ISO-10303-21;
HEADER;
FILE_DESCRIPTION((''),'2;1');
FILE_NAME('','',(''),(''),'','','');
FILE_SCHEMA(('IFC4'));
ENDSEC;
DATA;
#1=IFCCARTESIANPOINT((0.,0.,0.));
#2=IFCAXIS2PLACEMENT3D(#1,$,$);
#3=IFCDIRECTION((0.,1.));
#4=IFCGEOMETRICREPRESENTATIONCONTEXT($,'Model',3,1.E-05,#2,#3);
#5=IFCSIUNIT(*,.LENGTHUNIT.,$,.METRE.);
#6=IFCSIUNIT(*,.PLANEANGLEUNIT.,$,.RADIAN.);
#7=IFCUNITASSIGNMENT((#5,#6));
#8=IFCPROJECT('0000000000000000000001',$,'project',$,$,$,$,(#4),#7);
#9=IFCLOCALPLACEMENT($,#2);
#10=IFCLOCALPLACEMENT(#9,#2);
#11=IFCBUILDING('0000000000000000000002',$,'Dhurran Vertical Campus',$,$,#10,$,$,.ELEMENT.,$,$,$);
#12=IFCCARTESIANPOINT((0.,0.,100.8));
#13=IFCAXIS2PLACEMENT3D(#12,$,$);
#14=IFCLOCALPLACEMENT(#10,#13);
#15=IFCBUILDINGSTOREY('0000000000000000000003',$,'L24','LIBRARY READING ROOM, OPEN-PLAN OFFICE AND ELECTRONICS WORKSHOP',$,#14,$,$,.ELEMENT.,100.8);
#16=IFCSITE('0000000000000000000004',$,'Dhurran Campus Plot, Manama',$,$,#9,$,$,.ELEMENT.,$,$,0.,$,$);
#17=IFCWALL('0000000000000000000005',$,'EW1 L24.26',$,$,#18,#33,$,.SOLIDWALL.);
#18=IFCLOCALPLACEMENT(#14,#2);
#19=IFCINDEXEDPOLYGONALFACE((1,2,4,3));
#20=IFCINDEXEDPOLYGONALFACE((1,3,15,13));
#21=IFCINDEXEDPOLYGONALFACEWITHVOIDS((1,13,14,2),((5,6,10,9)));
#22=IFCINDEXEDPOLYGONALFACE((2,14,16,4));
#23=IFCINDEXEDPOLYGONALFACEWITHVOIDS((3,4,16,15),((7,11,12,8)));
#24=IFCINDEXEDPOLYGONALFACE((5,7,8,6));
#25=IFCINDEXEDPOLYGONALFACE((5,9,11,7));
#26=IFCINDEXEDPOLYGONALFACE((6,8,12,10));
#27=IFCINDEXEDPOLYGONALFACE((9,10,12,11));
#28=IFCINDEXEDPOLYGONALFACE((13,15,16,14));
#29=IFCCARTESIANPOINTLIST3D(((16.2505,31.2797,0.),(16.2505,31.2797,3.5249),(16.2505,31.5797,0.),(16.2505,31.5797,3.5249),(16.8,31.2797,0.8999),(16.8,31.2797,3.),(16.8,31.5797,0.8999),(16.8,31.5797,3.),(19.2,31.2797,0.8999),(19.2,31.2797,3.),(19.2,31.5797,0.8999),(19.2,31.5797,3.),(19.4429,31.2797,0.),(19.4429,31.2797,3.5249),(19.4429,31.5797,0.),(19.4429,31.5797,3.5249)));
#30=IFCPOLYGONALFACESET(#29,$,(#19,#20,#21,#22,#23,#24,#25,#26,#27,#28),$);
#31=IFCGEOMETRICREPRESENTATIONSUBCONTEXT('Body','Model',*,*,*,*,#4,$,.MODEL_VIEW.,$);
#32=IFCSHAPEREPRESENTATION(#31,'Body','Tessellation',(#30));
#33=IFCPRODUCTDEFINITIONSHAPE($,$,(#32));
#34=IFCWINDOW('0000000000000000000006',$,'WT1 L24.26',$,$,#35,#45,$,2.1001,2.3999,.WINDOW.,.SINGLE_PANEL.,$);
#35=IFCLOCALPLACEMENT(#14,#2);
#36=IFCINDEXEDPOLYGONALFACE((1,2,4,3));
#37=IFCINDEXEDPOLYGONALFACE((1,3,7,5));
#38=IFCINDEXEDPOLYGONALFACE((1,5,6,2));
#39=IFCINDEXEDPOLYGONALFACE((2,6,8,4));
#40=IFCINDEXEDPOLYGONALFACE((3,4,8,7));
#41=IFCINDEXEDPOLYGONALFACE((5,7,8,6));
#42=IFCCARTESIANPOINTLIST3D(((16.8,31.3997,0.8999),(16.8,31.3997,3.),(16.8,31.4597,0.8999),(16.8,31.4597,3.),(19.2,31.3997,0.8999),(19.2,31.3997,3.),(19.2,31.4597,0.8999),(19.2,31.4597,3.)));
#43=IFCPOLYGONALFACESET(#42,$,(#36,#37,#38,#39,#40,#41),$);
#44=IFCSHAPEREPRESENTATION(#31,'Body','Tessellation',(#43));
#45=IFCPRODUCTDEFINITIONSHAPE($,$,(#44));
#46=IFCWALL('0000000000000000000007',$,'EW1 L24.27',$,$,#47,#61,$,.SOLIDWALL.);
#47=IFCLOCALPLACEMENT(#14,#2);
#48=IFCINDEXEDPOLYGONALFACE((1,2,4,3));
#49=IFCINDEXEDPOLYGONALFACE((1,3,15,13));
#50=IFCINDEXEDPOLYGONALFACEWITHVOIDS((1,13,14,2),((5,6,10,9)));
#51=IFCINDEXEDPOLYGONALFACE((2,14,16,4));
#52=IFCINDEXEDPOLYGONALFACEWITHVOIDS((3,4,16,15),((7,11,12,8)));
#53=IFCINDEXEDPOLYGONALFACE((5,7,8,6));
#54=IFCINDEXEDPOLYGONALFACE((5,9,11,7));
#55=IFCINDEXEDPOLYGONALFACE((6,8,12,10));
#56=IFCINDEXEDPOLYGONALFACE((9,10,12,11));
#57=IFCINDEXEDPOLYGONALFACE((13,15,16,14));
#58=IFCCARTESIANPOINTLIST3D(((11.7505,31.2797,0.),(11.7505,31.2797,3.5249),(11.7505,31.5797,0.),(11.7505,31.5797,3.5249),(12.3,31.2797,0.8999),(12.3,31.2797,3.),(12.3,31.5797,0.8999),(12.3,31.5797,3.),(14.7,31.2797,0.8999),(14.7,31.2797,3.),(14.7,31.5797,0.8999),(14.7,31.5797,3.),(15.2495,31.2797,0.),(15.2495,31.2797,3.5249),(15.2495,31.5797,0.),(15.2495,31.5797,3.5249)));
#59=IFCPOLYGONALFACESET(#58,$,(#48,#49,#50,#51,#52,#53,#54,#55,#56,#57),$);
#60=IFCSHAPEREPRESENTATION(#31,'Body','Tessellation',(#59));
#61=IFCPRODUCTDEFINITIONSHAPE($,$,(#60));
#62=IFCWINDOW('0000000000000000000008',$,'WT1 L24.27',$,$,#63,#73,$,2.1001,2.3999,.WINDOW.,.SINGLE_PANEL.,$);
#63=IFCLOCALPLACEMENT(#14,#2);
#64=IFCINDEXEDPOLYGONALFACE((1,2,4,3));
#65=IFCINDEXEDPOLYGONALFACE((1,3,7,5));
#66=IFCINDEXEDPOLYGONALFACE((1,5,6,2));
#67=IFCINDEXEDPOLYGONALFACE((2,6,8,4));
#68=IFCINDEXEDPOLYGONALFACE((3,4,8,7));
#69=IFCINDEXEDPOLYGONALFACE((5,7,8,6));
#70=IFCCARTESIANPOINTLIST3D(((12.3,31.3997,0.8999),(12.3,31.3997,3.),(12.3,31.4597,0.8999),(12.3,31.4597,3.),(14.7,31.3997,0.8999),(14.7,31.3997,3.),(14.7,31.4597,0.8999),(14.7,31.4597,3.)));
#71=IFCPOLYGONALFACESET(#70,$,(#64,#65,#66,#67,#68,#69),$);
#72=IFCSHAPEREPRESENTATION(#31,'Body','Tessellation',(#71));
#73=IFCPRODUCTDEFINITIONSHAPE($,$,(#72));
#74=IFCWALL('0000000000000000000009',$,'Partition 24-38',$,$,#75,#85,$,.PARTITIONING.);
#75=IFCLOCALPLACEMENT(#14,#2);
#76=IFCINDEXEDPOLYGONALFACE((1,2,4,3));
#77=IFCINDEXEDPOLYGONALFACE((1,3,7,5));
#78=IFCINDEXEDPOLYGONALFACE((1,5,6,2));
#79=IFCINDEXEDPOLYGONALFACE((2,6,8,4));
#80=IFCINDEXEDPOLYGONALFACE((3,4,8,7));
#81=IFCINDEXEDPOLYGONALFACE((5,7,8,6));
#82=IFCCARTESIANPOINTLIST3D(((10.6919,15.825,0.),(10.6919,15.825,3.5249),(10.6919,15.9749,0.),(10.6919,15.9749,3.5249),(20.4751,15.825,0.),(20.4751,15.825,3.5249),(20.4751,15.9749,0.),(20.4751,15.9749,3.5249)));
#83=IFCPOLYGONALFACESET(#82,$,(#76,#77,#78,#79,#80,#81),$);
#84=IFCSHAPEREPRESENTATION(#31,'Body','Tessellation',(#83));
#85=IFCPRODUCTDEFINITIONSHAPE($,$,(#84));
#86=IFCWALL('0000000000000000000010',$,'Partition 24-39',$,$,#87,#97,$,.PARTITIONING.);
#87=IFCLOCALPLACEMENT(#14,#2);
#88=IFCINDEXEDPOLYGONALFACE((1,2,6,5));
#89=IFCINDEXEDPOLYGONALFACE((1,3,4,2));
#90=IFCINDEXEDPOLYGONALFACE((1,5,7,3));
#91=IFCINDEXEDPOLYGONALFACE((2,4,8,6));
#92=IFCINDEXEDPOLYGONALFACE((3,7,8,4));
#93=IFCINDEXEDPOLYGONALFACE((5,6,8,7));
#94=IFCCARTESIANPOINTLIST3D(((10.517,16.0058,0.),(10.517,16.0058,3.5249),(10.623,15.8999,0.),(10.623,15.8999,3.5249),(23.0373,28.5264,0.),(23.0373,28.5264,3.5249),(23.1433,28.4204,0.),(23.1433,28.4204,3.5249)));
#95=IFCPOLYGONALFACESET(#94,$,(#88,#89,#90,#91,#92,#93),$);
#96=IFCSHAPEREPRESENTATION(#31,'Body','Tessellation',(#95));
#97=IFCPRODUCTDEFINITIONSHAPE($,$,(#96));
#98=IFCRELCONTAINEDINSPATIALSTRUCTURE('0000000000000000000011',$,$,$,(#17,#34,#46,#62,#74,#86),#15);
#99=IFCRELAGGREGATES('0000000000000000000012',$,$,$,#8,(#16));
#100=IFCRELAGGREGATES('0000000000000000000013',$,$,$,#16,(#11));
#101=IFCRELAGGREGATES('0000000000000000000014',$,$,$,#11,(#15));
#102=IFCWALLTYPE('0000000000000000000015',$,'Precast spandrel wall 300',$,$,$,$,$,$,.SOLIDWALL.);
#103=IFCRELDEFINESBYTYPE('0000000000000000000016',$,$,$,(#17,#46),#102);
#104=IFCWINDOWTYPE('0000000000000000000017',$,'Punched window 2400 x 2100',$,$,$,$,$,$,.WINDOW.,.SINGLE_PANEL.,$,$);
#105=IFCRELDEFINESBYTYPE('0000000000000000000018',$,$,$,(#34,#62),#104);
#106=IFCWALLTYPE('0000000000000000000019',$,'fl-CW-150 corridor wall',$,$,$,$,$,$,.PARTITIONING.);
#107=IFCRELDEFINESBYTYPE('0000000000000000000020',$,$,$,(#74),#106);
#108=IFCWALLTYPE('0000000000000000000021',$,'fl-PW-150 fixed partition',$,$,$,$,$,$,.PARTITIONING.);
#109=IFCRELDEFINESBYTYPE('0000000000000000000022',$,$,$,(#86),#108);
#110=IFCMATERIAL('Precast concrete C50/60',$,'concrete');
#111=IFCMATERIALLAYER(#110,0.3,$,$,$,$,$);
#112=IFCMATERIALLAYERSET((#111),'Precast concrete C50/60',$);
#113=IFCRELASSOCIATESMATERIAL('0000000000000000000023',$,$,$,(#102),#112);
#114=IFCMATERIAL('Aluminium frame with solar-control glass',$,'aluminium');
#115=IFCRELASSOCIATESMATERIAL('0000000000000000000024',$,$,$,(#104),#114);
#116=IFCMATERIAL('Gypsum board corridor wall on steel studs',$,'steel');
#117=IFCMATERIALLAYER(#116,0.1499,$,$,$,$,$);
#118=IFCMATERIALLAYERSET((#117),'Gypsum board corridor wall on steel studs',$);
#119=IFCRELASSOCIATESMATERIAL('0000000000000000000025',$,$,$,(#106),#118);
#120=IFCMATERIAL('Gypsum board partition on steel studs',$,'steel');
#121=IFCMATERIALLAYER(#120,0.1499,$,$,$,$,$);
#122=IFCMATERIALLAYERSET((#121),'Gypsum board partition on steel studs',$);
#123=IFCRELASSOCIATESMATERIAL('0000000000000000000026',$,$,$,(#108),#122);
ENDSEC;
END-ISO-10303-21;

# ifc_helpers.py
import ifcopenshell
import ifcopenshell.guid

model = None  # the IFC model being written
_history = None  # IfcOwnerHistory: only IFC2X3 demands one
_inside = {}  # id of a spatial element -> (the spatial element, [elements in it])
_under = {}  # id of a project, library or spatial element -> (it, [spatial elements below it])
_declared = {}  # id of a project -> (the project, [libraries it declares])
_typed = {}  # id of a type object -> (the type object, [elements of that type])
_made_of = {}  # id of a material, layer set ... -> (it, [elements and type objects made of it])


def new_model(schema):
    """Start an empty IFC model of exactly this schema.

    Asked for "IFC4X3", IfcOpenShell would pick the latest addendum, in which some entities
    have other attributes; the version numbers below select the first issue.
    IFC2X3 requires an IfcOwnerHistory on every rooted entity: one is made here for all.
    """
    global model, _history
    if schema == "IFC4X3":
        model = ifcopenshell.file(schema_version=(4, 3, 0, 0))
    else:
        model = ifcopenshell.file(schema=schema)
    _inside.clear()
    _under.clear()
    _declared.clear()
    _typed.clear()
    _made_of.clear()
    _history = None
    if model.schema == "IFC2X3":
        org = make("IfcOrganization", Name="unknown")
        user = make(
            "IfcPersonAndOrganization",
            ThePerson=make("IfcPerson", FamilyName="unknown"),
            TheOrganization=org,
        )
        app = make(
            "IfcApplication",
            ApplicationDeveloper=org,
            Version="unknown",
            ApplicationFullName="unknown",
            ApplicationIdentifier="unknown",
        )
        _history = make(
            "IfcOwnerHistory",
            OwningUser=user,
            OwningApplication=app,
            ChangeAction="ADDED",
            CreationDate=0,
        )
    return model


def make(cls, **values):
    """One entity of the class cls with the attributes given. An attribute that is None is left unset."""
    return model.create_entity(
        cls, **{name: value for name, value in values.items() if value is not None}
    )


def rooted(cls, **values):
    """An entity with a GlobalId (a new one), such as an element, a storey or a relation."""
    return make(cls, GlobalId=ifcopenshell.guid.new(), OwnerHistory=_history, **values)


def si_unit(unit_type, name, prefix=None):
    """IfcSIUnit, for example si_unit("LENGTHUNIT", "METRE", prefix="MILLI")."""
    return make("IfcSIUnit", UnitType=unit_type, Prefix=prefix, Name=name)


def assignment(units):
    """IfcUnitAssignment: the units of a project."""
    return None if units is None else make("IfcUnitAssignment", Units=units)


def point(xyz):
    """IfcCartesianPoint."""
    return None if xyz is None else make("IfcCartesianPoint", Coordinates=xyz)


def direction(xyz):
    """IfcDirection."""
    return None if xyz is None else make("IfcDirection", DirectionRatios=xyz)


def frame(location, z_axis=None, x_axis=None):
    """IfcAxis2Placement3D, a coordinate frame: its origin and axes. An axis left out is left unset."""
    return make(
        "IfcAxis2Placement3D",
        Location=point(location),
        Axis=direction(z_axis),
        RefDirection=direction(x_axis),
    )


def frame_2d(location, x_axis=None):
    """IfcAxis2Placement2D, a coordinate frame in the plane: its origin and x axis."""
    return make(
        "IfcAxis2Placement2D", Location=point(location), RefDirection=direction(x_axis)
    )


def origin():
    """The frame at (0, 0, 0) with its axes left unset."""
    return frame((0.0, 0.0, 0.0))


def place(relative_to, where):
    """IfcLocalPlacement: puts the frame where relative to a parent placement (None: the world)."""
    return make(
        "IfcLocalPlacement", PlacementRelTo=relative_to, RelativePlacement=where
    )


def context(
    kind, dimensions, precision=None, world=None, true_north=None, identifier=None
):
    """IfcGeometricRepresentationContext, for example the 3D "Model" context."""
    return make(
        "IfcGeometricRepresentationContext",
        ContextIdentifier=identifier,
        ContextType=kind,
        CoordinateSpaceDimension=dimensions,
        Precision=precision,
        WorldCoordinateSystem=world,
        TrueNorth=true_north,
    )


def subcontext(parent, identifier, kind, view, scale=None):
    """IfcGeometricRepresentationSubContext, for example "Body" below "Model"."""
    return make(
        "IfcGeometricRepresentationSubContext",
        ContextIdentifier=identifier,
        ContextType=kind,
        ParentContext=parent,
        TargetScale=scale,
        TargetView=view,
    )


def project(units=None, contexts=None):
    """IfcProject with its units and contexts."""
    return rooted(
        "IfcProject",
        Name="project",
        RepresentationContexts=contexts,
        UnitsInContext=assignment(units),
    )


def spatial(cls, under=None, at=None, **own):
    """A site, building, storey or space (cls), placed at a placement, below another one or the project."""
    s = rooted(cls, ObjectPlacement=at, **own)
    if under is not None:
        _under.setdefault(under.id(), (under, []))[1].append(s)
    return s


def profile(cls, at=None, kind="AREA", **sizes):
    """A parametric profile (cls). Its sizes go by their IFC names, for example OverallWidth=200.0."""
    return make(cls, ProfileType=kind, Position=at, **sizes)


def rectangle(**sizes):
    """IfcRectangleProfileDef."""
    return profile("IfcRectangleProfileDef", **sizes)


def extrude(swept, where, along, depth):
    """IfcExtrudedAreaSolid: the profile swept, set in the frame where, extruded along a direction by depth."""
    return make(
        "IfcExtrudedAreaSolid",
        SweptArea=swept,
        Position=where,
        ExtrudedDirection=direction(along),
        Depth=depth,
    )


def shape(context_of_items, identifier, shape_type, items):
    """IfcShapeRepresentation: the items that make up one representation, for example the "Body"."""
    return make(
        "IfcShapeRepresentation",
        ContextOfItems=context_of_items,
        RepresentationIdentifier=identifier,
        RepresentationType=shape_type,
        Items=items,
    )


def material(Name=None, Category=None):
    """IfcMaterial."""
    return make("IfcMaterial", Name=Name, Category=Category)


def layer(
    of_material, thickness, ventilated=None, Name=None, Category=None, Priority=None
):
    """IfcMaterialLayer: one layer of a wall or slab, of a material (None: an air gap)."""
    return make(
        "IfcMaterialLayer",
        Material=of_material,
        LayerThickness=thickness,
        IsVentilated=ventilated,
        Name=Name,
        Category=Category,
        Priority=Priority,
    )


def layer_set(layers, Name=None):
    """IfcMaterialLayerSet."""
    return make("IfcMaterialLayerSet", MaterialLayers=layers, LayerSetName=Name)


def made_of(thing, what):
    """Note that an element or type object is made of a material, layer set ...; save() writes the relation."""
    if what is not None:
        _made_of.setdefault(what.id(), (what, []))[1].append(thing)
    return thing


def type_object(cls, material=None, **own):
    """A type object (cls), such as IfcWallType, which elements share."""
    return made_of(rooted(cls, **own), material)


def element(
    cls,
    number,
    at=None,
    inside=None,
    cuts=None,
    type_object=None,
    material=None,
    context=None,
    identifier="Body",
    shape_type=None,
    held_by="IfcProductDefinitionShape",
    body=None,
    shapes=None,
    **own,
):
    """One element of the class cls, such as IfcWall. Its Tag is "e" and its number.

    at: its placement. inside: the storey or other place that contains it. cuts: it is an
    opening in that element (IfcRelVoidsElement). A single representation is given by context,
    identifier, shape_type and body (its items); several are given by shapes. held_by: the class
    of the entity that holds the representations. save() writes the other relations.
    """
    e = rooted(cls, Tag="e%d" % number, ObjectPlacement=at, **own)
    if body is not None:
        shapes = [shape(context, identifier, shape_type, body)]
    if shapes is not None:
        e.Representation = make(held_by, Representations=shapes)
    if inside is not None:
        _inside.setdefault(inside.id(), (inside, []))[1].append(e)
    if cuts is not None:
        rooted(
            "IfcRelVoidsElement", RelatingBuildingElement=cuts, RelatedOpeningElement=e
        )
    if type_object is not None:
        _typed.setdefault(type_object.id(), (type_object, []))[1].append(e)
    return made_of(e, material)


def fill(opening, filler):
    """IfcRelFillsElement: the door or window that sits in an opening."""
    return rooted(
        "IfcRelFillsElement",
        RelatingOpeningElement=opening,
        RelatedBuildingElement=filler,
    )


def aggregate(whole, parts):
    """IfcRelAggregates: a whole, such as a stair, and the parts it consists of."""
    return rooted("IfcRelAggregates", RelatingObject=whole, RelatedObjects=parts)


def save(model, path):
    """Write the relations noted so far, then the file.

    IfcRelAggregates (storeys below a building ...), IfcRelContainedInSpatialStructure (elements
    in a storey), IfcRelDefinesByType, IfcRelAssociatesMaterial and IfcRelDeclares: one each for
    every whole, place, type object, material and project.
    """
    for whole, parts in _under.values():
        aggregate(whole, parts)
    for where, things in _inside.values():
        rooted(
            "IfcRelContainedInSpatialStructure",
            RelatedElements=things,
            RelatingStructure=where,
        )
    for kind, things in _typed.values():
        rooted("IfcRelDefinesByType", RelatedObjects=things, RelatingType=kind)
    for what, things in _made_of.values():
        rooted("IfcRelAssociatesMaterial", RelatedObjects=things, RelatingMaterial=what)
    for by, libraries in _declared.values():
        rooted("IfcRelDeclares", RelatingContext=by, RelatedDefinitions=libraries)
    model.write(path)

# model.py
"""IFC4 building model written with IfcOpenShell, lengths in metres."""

from ifc_helpers import new_model, si_unit, direction, frame, frame_2d, origin, place, context, subcontext, project, spatial, rectangle, extrude, material, layer, layer_set, type_object, element, fill, save


model = new_model("IFC4")

# Units and contexts
model_context = context("Model", 3, precision=1e-05, world=origin(), true_north=direction((0.0, 1.0)))
body_context = subcontext(model_context, "Body", "Model", "MODEL_VIEW")
ifc_project = project(units=[si_unit("LENGTHUNIT", "METRE"), si_unit("PLANEANGLEUNIT", "RADIAN")], contexts=[model_context])

# Site, building, storey
site_placement = place(None, origin())
site = spatial("IfcSite", under=ifc_project, at=site_placement, Name="Dhurran Campus Plot, Manama", CompositionType="ELEMENT", RefElevation=0.0)
building_placement = place(site_placement, origin())
building = spatial("IfcBuilding", under=site, at=building_placement, Name="Dhurran Vertical Campus", CompositionType="ELEMENT")
storey_placement = place(building_placement, frame((0.0, 0.0, 100.8)))
storey = spatial("IfcBuildingStorey", under=building, at=storey_placement, Name="L24", Description="LIBRARY READING ROOM, OPEN-PLAN OFFICE AND ELECTRONICS WORKSHOP", CompositionType="ELEMENT", Elevation=100.8)

# Walls, openings, windows
ifc_material_1 = material(Name="Precast concrete C50/60", Category="concrete")
ifc_layer_1 = layer(ifc_material_1, 0.3)
ifc_layer_set_1 = layer_set([ifc_layer_1], Name="Precast concrete C50/60")
wall_type_1 = type_object("IfcWallType", Name="Precast spandrel wall 300", PredefinedType="SOLIDWALL", material=ifc_layer_set_1)
ifc_material_2 = material(Name="Aluminium frame with solar-control glass", Category="aluminium")
window_type = type_object("IfcWindowType", Name="Punched window 2400 x 2100", PartitioningType="SINGLE_PANEL", PredefinedType="WINDOW", material=ifc_material_2)
wall_1_placement = place(storey_placement, frame((19.4429, 31.4297, 0.0), z_axis=(0.0, 0.0, 1.0), x_axis=(-1.0, 0.0, 0.0)))
wall_1 = element("IfcWall", 1, at=wall_1_placement, inside=storey, type_object=wall_type_1, Name="EW1 L24.26", PredefinedType="SOLIDWALL", context=body_context, shape_type="SweptSolid", body=[
    extrude(rectangle(XDim=3.1924, YDim=0.3, at=frame_2d((1.5962, 0.0))), origin(), (0.0, 0.0, 1.0), 3.5249),
])
opening_1_placement = place(wall_1_placement, frame((0.2429, 0.0, 0.8999)))
opening_1 = element("IfcOpeningElement", 2, at=opening_1_placement, cuts=wall_1, PredefinedType="OPENING", context=body_context, shape_type="SweptSolid", body=[
    extrude(rectangle(XDim=2.3999, YDim=2.1001, at=frame_2d((1.2, 1.05))), frame((0.0, 0.1599, 0.0), z_axis=(0.0, -1.0, 0.0), x_axis=(1.0, 0.0, 0.0)), (0.0, 0.0, 1.0), 0.3201),
])
window_1_placement = place(opening_1_placement, origin())
window_1 = element("IfcWindow", 3, at=window_1_placement, inside=storey, type_object=window_type, Name="WT1 L24.26", OverallHeight=2.1001, OverallWidth=2.3999, PartitioningType="SINGLE_PANEL", PredefinedType="WINDOW", context=body_context, shape_type="SweptSolid", body=[
    extrude(rectangle(XDim=2.3999, YDim=2.1001, at=frame_2d((1.2, 1.05))), frame((0.0, 0.03, 0.0), z_axis=(0.0, -1.0, 0.0), x_axis=(1.0, 0.0, 0.0)), (0.0, 0.0, 1.0), 0.0601),
])
fill(opening_1, window_1)
wall_2_placement = place(storey_placement, frame((15.2495, 31.4297, 0.0), z_axis=(0.0, 0.0, 1.0), x_axis=(-1.0, 0.0, 0.0)))
wall_2 = element("IfcWall", 4, at=wall_2_placement, inside=storey, type_object=wall_type_1, Name="EW1 L24.27", PredefinedType="SOLIDWALL", context=body_context, shape_type="SweptSolid", body=[
    extrude(rectangle(XDim=3.499, YDim=0.3, at=frame_2d((1.7495, 0.0))), origin(), (0.0, 0.0, 1.0), 3.5249),
])
opening_2_placement = place(wall_2_placement, frame((0.5496, 0.0, 0.8999)))
opening_2 = element("IfcOpeningElement", 5, at=opening_2_placement, cuts=wall_2, PredefinedType="OPENING", context=body_context, shape_type="SweptSolid", body=[
    extrude(rectangle(XDim=2.3999, YDim=2.1001, at=frame_2d((1.2, 1.05))), frame((0.0, 0.1599, 0.0), z_axis=(0.0, -1.0, 0.0), x_axis=(1.0, 0.0, 0.0)), (0.0, 0.0, 1.0), 0.3201),
])
window_2_placement = place(opening_2_placement, origin())
window_2 = element("IfcWindow", 6, at=window_2_placement, inside=storey, type_object=window_type, Name="WT1 L24.27", OverallHeight=2.1001, OverallWidth=2.3999, PartitioningType="SINGLE_PANEL", PredefinedType="WINDOW", context=body_context, shape_type="SweptSolid", body=[
    extrude(rectangle(XDim=2.3999, YDim=2.1001, at=frame_2d((1.2, 1.05))), frame((0.0, 0.03, 0.0), z_axis=(0.0, -1.0, 0.0), x_axis=(1.0, 0.0, 0.0)), (0.0, 0.0, 1.0), 0.0601),
])
fill(opening_2, window_2)

# Walls
ifc_material_3 = material(Name="Gypsum board corridor wall on steel studs", Category="steel")
ifc_layer_2 = layer(ifc_material_3, 0.1499)
ifc_layer_set_2 = layer_set([ifc_layer_2], Name="Gypsum board corridor wall on steel studs")
wall_type_2 = type_object("IfcWallType", Name="fl-CW-150 corridor wall", PredefinedType="PARTITIONING", material=ifc_layer_set_2)
wall_3_placement = place(storey_placement, frame((20.4751, 15.8999, 0.0), z_axis=(0.0, 0.0, 1.0), x_axis=(-1.0, 0.0, 0.0)))
element("IfcWall", 7, at=wall_3_placement, inside=storey, type_object=wall_type_2, Name="Partition 24-38", PredefinedType="PARTITIONING", context=body_context, shape_type="SweptSolid", body=[
    extrude(rectangle(XDim=9.7832, YDim=0.1499, at=frame_2d((4.8916, 0.0))), origin(), (0.0, 0.0, 1.0), 3.5249),
])
ifc_material_4 = material(Name="Gypsum board partition on steel studs", Category="steel")
ifc_layer_3 = layer(ifc_material_4, 0.1499)
ifc_layer_set_3 = layer_set([ifc_layer_3], Name="Gypsum board partition on steel studs")
wall_type_3 = type_object("IfcWallType", Name="fl-PW-150 fixed partition", PredefinedType="PARTITIONING", material=ifc_layer_set_3)
wall_4_placement = place(storey_placement, frame((23.0903, 28.4734, 0.0), z_axis=(0.0, 0.0, 1.0), x_axis=(-0.7071, -0.707114, 0.0)))
element("IfcWall", 8, at=wall_4_placement, inside=storey, type_object=wall_type_3, Name="Partition 24-39", PredefinedType="PARTITIONING", context=body_context, shape_type="SweptSolid", body=[
    extrude(rectangle(XDim=17.7065, YDim=0.1499, at=frame_2d((8.8533, 0.0))), origin(), (0.0, 0.0, 1.0), 3.5249),
])

save(model, "model.ifc")
